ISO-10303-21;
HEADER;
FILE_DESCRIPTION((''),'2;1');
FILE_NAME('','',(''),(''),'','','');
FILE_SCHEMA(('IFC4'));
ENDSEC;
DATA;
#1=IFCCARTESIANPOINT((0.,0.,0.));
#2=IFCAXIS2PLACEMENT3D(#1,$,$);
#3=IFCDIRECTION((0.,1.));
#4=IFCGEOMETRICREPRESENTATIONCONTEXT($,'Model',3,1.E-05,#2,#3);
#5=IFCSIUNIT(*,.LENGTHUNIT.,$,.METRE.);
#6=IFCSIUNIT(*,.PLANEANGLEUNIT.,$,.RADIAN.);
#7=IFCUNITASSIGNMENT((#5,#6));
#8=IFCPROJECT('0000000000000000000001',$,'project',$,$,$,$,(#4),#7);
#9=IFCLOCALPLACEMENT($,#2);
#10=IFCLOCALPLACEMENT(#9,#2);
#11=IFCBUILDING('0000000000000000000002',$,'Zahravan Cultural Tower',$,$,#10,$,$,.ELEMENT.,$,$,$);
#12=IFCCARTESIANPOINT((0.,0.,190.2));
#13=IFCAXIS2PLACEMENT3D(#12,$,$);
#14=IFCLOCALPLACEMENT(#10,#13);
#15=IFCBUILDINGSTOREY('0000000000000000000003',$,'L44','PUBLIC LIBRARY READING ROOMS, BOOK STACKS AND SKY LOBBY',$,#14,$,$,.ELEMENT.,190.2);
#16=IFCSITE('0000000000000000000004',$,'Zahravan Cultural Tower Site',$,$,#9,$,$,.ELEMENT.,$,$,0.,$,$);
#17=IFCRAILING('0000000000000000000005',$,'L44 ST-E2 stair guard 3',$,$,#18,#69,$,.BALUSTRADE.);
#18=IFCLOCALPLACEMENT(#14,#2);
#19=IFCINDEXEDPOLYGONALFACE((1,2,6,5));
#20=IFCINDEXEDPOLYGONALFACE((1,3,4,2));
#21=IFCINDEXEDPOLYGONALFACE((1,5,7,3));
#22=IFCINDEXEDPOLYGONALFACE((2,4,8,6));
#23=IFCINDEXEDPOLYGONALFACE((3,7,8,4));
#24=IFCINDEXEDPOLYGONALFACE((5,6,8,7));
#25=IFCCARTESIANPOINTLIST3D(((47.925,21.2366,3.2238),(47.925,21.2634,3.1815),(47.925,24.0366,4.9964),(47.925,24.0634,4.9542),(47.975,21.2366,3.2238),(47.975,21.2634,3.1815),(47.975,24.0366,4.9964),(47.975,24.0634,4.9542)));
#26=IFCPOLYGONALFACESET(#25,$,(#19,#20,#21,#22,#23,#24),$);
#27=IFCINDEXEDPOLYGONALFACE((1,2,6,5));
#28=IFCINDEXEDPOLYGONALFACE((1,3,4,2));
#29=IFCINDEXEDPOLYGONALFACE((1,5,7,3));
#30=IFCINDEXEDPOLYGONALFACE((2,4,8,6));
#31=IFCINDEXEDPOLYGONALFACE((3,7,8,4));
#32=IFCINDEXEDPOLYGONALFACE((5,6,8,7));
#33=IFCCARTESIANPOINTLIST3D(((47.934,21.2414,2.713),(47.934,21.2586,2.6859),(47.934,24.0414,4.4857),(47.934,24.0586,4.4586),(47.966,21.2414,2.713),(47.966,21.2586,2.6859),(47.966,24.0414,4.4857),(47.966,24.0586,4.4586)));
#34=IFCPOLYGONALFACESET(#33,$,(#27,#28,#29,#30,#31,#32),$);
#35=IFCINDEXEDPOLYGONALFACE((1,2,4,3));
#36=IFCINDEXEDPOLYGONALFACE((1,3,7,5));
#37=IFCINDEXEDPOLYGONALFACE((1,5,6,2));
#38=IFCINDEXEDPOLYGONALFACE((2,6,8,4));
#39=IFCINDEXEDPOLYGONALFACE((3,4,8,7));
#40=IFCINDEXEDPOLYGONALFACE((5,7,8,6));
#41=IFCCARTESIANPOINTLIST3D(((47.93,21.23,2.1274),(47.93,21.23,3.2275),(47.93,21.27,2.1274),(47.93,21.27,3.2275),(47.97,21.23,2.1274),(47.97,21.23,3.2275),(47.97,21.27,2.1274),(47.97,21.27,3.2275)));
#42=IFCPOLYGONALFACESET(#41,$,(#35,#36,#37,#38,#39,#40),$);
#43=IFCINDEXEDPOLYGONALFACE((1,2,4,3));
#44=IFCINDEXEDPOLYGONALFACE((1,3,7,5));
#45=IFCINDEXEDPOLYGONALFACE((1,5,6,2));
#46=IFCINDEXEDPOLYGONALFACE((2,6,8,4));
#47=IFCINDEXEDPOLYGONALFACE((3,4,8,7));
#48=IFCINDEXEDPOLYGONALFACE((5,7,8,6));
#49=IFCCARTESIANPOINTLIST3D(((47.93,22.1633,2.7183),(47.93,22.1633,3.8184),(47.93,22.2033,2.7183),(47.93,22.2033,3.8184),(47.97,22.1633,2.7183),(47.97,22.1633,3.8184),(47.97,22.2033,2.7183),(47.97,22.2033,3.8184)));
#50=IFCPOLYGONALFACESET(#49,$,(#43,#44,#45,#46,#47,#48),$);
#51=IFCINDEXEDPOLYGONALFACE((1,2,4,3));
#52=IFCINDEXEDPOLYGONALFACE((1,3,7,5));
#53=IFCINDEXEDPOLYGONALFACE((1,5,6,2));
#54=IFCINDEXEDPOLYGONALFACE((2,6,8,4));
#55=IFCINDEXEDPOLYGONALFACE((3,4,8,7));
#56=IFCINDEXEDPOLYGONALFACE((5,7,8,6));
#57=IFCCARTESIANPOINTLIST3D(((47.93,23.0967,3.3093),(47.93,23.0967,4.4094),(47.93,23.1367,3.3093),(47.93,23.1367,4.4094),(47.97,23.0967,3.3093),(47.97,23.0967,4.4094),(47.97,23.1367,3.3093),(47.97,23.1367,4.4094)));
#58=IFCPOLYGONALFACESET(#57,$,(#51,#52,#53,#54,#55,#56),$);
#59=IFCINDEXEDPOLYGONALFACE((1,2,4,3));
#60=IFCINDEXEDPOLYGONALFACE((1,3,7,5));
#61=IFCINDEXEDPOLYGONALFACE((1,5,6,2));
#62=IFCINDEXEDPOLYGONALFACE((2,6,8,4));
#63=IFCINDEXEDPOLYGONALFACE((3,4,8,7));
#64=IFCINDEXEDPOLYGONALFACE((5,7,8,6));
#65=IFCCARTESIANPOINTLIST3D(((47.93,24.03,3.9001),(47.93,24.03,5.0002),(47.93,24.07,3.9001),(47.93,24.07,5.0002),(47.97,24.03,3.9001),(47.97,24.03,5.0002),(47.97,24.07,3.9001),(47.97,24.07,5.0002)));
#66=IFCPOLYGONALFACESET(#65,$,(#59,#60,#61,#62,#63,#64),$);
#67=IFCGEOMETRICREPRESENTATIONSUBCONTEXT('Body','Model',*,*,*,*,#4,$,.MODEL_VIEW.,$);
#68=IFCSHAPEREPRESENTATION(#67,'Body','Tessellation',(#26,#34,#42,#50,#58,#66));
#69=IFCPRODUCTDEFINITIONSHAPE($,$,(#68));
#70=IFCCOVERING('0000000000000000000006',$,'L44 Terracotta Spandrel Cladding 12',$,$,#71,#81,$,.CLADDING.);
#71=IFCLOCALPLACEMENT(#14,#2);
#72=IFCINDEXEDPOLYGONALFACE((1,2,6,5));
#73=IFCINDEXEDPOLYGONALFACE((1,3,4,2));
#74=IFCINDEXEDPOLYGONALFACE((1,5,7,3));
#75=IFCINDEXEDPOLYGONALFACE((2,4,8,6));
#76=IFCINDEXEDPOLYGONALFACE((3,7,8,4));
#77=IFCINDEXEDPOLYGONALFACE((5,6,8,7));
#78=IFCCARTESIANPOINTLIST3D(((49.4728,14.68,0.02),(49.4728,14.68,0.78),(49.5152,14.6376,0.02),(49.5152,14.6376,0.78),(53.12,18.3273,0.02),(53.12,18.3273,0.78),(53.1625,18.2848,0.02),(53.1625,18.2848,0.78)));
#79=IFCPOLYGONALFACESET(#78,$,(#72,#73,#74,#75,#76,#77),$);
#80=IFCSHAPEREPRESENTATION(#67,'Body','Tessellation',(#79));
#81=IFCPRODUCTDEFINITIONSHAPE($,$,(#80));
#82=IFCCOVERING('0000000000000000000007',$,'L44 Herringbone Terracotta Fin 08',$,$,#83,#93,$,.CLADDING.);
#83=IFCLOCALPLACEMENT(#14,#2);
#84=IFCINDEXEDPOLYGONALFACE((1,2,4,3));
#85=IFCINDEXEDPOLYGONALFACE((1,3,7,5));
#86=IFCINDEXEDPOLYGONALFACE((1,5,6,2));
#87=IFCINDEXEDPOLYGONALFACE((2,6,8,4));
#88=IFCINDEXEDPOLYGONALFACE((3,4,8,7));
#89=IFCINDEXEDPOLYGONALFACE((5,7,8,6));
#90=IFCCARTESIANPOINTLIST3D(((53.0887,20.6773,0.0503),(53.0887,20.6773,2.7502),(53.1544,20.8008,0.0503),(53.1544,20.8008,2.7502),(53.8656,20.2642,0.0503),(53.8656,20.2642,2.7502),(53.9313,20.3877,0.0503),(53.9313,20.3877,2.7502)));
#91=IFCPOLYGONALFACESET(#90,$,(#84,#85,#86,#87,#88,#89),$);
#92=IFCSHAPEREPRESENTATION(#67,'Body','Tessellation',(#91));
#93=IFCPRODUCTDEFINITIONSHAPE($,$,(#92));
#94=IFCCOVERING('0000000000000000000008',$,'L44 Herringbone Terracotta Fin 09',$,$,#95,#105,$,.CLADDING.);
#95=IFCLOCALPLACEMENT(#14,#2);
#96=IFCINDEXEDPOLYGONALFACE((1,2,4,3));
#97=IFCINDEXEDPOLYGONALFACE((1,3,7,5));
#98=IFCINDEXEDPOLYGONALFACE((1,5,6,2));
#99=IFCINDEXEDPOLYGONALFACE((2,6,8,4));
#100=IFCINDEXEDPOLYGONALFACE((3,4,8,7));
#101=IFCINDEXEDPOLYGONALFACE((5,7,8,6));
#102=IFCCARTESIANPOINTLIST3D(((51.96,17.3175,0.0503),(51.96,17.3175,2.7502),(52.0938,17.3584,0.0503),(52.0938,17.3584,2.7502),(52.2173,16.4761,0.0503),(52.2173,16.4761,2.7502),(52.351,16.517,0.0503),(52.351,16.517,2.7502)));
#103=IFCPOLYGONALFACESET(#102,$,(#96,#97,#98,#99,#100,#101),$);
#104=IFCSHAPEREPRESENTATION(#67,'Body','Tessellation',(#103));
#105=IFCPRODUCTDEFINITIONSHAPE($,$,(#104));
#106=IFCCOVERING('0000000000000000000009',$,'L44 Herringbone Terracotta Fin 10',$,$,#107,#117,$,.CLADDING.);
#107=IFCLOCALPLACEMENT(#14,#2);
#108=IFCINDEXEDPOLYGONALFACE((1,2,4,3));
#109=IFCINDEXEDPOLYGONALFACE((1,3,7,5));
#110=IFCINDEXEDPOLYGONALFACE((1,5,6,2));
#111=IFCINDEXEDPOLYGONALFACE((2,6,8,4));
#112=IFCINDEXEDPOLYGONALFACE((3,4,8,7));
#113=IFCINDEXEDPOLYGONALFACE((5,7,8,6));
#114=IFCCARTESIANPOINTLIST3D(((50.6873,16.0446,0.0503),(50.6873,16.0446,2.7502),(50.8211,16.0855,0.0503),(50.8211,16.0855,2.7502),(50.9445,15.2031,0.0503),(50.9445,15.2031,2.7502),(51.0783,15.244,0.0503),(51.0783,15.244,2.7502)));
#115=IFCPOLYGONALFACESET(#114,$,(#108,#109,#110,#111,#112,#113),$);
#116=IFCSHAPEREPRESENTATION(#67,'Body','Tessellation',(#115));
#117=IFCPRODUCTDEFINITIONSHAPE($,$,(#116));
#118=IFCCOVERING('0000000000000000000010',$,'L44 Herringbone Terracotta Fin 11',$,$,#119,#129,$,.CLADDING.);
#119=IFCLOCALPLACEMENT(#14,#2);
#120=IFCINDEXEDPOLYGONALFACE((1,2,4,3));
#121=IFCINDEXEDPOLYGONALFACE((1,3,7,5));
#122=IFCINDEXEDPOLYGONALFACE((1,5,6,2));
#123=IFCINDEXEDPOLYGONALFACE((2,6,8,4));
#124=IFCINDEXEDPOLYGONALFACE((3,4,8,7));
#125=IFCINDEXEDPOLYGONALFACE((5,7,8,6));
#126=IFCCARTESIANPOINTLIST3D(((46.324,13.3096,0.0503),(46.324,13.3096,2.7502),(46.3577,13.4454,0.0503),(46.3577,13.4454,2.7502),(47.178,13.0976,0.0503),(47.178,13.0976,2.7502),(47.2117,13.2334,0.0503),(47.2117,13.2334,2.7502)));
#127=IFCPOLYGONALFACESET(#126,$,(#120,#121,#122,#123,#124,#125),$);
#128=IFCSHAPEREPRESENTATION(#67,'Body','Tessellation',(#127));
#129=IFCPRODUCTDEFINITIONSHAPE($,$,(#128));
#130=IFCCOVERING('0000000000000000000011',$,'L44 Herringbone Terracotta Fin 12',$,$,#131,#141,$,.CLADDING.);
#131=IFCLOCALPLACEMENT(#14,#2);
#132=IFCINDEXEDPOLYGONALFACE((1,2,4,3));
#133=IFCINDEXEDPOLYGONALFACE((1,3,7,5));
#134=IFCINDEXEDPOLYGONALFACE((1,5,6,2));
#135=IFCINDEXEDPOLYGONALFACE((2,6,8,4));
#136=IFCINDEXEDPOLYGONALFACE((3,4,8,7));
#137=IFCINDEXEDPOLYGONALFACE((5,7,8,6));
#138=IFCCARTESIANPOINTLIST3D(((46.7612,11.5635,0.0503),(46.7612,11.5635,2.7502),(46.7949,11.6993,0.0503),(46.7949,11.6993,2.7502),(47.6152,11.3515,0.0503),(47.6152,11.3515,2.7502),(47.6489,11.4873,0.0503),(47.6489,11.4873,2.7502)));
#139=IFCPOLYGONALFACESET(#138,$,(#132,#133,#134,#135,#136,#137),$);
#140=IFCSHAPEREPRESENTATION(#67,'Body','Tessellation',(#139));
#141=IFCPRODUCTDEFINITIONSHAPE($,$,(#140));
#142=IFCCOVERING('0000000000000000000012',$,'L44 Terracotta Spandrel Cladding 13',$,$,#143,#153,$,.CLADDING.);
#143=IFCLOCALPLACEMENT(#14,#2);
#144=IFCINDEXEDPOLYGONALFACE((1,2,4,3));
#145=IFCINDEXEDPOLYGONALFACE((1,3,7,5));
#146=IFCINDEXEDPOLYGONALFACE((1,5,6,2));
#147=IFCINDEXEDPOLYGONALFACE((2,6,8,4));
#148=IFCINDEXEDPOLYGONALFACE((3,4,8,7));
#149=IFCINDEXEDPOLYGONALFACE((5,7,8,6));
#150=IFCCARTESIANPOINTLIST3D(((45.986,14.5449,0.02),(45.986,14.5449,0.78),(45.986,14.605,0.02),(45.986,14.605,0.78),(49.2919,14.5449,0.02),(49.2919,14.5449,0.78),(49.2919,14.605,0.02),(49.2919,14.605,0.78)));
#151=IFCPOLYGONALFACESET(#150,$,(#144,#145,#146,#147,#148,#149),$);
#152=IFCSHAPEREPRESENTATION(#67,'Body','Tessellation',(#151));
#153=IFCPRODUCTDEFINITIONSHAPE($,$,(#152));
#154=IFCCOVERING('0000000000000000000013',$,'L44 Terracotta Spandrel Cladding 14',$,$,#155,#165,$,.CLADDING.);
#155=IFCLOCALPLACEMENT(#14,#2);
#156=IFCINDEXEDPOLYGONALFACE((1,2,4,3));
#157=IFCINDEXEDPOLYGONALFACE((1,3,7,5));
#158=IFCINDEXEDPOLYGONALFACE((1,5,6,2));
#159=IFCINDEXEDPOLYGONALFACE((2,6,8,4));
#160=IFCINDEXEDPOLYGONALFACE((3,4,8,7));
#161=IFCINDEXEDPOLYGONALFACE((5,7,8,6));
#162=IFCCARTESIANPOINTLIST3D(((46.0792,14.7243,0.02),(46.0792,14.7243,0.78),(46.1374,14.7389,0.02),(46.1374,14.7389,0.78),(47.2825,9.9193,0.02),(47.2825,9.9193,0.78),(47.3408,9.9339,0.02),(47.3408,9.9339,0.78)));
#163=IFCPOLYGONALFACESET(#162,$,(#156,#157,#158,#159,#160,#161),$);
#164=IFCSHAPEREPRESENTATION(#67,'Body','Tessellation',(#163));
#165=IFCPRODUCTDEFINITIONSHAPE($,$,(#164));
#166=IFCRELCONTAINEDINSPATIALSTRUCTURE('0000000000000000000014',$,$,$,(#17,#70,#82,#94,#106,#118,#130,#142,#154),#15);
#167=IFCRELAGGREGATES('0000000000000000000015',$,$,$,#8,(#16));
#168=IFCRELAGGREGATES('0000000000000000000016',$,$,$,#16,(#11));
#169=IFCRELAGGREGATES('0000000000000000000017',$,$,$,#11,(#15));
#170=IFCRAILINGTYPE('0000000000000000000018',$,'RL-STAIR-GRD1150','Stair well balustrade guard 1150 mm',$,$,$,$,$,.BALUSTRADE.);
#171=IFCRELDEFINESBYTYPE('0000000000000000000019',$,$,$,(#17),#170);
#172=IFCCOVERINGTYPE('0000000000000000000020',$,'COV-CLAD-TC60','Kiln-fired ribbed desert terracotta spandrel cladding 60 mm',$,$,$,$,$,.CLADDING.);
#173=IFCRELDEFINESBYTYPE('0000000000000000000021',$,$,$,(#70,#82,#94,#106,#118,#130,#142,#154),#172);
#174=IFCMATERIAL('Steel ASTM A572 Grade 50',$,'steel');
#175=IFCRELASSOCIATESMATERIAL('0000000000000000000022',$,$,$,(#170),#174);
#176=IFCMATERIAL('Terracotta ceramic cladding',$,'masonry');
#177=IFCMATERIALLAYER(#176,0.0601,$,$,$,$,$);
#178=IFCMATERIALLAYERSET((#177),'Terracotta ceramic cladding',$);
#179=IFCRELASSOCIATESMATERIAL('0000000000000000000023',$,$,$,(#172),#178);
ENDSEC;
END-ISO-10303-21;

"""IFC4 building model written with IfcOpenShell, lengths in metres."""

from ifc_helpers import new_model, si_unit, direction, frame, origin, origin_2d, place, context, subcontext, project, spatial, rectangle, extrude, source, transform, mapped, material, layer, layer_set, type_object, element, save


model = new_model("IFC4")

# Units and contexts
model_context = context("Model", 3, precision=1e-05, world=origin(), true_north=direction((0.0, 1.0)))
body_context = subcontext(model_context, "Body", "Model", "MODEL_VIEW")
ifc_project = project(units=[si_unit("LENGTHUNIT", "METRE"), si_unit("PLANEANGLEUNIT", "RADIAN")], contexts=[model_context])

# Site, building, storey
site_placement = place(None, origin())
site = spatial("IfcSite", under=ifc_project, at=site_placement, Name="Zahravan Cultural Tower Site", CompositionType="ELEMENT", RefElevation=0.0)
building_placement = place(site_placement, origin())
building = spatial("IfcBuilding", under=site, at=building_placement, Name="Zahravan Cultural Tower", CompositionType="ELEMENT")
storey_placement = place(building_placement, frame((0.0, 0.0, 190.2)))
storey = spatial("IfcBuildingStorey", under=building, at=storey_placement, Name="L44", Description="PUBLIC LIBRARY READING ROOMS, BOOK STACKS AND SKY LOBBY", CompositionType="ELEMENT", Elevation=190.2)

# Shared definitions
ifc_material_1 = material(Name="Steel ASTM A572 Grade 50", Category="steel")

# Railing
railing_type = type_object("IfcRailingType", Name="RL-STAIR-GRD1150", Description="Stair well balustrade guard 1150 mm", PredefinedType="BALUSTRADE", material=ifc_material_1)
railing_1_placement = place(storey_placement, frame((47.95, 21.25, 2.1274)))
element("IfcRailing", 1, at=railing_1_placement, inside=storey, type_object=railing_type, Name="L44 ST-E2 stair guard 3", PredefinedType="BALUSTRADE", context=body_context, shape_type="SweptSolid", body=[
    extrude(rectangle(XDim=0.05, YDim=0.05, at=origin_2d()), frame((0.0, 0.0, 1.0752), z_axis=(0.0, 0.844909, 0.53491), x_axis=(-1.0, 0.0, 0.0)), (0.0, 0.0, 1.0), 3.314),
    extrude(rectangle(XDim=0.032, YDim=0.032, at=origin_2d()), frame((0.0, 0.0, 0.572), z_axis=(0.0, 0.844909, 0.53491), x_axis=(-1.0, 0.0, 0.0)), (0.0, 0.0, 1.0), 3.314),
    extrude(rectangle(XDim=0.04, YDim=0.04, at=origin_2d()), origin(), (0.0, 0.0, 1.0), 1.1001),
    extrude(rectangle(XDim=0.04, YDim=0.04, at=origin_2d()), frame((0.0, 0.9333, 0.5908)), (0.0, 0.0, 1.0), 1.1001),
    extrude(rectangle(XDim=0.04, YDim=0.04, at=origin_2d()), frame((0.0, 1.8667, 1.1819)), (0.0, 0.0, 1.0), 1.1001),
    extrude(rectangle(XDim=0.04, YDim=0.04, at=origin_2d()), frame((0.0, 2.8, 1.7727)), (0.0, 0.0, 1.0), 1.1001),
])

# Coverings
ifc_material_2 = material(Name="Terracotta ceramic cladding", Category="masonry")
ifc_layer_1 = layer(ifc_material_2, 0.0601)
ifc_layer_set_1 = layer_set([ifc_layer_1], Name="Terracotta ceramic cladding")
covering_type = type_object("IfcCoveringType", Name="COV-CLAD-TC60", Description="Kiln-fired ribbed desert terracotta spandrel cladding 60 mm", PredefinedType="CLADDING", material=ifc_layer_set_1)
shared_shape_1 = source(origin(), body_context, "Body", "SweptSolid", [
    extrude(rectangle(XDim=5.158, YDim=0.0601, at=origin_2d()), origin(), (0.0, 0.0, 1.0), 0.76),
])
covering_1_placement = place(storey_placement, frame((51.3176, 16.4824, 0.02), z_axis=(0.0, 0.0, 1.0), x_axis=(-0.707107, -0.707107, 0.0)))
element("IfcCovering", 2, at=covering_1_placement, inside=storey, type_object=covering_type, Name="L44 Terracotta Spandrel Cladding 12", PredefinedType="CLADDING", context=body_context, shape_type="MappedRepresentation", body=[
    mapped(shared_shape_1, transform((0.0, 0.0, 0.0), x_axis=(1.0, 0.0, 0.0), y_axis=(0.0, 1.0, 0.0), z_axis=(0.0, 0.0, 1.0), scale=1.0)),
])
shared_shape_2 = source(origin(), body_context, "Body", "SweptSolid", [
    extrude(rectangle(XDim=0.8799, YDim=0.1399, at=origin_2d()), origin(), (0.0, 0.0, 1.0), 2.7),
])
for number, where, z_axis, x_axis, name in (
    (3, (53.51, 20.5325, 0.0503), (0.0, 0.0, 1.0), (0.882948, -0.469472, 0.0), "L44 Herringbone Terracotta Fin 08"),
    (4, (52.1555, 16.9172, 0.0503), (0.0, 0.0, 1.0), (0.292372, -0.956305, 0.0), "L44 Herringbone Terracotta Fin 09"),
    (5, (50.8828, 15.6443, 0.0503), (0.0, 0.0, 1.0), (0.292372, -0.956305, 0.0), "L44 Herringbone Terracotta Fin 10"),
    (6, (46.7678, 13.2715, 0.0503), (0.0, 0.0, 1.0), (0.970549, -0.240906, 0.0), "L44 Herringbone Terracotta Fin 11"),
    (7, (47.2051, 11.5254, 0.0503), (0.0, 0.0, 1.0), (0.970549, -0.240906, 0.0), "L44 Herringbone Terracotta Fin 12"),
):
    element("IfcCovering", number, at=place(storey_placement, frame(where, z_axis=z_axis, x_axis=x_axis)), inside=storey, type_object=covering_type, Name=name, PredefinedType="CLADDING", context=body_context, shape_type="MappedRepresentation", body=[
        mapped(shared_shape_2, transform((0.0, 0.0, 0.0), x_axis=(1.0, 0.0, 0.0), y_axis=(0.0, 1.0, 0.0), z_axis=(0.0, 0.0, 1.0), scale=1.0)),
    ])
shared_shape_3 = source(origin(), body_context, "Body", "SweptSolid", [
    extrude(rectangle(XDim=3.3059, YDim=0.0601, at=origin_2d()), origin(), (0.0, 0.0, 1.0), 0.76),
])
covering_2_placement = place(storey_placement, frame((47.6389, 14.575, 0.02), z_axis=(0.0, 0.0, 1.0), x_axis=(-1.0, 0.0, 0.0)))
element("IfcCovering", 8, at=covering_2_placement, inside=storey, type_object=covering_type, Name="L44 Terracotta Spandrel Cladding 13", PredefinedType="CLADDING", context=body_context, shape_type="MappedRepresentation", body=[
    mapped(shared_shape_3, transform((0.0, 0.0, 0.0), x_axis=(1.0, 0.0, 0.0), y_axis=(0.0, 1.0, 0.0), z_axis=(0.0, 0.0, 1.0), scale=1.0)),
])
shared_shape_4 = source(origin(), body_context, "Body", "SweptSolid", [
    extrude(rectangle(XDim=4.9534, YDim=0.0601, at=origin_2d()), origin(), (0.0, 0.0, 1.0), 0.76),
])
covering_3_placement = place(storey_placement, frame((46.71, 12.3291, 0.02), z_axis=(0.0, 0.0, 1.0), x_axis=(0.242938, -0.970042, 0.0)))
element("IfcCovering", 9, at=covering_3_placement, inside=storey, type_object=covering_type, Name="L44 Terracotta Spandrel Cladding 14", PredefinedType="CLADDING", context=body_context, shape_type="MappedRepresentation", body=[
    mapped(shared_shape_4, transform((0.0, 0.0, 0.0), x_axis=(1.0, 0.0, 0.0), y_axis=(0.0, 1.0, 0.0), z_axis=(0.0, 0.0, 1.0), scale=1.0)),
])

save(model, "model.ifc")
